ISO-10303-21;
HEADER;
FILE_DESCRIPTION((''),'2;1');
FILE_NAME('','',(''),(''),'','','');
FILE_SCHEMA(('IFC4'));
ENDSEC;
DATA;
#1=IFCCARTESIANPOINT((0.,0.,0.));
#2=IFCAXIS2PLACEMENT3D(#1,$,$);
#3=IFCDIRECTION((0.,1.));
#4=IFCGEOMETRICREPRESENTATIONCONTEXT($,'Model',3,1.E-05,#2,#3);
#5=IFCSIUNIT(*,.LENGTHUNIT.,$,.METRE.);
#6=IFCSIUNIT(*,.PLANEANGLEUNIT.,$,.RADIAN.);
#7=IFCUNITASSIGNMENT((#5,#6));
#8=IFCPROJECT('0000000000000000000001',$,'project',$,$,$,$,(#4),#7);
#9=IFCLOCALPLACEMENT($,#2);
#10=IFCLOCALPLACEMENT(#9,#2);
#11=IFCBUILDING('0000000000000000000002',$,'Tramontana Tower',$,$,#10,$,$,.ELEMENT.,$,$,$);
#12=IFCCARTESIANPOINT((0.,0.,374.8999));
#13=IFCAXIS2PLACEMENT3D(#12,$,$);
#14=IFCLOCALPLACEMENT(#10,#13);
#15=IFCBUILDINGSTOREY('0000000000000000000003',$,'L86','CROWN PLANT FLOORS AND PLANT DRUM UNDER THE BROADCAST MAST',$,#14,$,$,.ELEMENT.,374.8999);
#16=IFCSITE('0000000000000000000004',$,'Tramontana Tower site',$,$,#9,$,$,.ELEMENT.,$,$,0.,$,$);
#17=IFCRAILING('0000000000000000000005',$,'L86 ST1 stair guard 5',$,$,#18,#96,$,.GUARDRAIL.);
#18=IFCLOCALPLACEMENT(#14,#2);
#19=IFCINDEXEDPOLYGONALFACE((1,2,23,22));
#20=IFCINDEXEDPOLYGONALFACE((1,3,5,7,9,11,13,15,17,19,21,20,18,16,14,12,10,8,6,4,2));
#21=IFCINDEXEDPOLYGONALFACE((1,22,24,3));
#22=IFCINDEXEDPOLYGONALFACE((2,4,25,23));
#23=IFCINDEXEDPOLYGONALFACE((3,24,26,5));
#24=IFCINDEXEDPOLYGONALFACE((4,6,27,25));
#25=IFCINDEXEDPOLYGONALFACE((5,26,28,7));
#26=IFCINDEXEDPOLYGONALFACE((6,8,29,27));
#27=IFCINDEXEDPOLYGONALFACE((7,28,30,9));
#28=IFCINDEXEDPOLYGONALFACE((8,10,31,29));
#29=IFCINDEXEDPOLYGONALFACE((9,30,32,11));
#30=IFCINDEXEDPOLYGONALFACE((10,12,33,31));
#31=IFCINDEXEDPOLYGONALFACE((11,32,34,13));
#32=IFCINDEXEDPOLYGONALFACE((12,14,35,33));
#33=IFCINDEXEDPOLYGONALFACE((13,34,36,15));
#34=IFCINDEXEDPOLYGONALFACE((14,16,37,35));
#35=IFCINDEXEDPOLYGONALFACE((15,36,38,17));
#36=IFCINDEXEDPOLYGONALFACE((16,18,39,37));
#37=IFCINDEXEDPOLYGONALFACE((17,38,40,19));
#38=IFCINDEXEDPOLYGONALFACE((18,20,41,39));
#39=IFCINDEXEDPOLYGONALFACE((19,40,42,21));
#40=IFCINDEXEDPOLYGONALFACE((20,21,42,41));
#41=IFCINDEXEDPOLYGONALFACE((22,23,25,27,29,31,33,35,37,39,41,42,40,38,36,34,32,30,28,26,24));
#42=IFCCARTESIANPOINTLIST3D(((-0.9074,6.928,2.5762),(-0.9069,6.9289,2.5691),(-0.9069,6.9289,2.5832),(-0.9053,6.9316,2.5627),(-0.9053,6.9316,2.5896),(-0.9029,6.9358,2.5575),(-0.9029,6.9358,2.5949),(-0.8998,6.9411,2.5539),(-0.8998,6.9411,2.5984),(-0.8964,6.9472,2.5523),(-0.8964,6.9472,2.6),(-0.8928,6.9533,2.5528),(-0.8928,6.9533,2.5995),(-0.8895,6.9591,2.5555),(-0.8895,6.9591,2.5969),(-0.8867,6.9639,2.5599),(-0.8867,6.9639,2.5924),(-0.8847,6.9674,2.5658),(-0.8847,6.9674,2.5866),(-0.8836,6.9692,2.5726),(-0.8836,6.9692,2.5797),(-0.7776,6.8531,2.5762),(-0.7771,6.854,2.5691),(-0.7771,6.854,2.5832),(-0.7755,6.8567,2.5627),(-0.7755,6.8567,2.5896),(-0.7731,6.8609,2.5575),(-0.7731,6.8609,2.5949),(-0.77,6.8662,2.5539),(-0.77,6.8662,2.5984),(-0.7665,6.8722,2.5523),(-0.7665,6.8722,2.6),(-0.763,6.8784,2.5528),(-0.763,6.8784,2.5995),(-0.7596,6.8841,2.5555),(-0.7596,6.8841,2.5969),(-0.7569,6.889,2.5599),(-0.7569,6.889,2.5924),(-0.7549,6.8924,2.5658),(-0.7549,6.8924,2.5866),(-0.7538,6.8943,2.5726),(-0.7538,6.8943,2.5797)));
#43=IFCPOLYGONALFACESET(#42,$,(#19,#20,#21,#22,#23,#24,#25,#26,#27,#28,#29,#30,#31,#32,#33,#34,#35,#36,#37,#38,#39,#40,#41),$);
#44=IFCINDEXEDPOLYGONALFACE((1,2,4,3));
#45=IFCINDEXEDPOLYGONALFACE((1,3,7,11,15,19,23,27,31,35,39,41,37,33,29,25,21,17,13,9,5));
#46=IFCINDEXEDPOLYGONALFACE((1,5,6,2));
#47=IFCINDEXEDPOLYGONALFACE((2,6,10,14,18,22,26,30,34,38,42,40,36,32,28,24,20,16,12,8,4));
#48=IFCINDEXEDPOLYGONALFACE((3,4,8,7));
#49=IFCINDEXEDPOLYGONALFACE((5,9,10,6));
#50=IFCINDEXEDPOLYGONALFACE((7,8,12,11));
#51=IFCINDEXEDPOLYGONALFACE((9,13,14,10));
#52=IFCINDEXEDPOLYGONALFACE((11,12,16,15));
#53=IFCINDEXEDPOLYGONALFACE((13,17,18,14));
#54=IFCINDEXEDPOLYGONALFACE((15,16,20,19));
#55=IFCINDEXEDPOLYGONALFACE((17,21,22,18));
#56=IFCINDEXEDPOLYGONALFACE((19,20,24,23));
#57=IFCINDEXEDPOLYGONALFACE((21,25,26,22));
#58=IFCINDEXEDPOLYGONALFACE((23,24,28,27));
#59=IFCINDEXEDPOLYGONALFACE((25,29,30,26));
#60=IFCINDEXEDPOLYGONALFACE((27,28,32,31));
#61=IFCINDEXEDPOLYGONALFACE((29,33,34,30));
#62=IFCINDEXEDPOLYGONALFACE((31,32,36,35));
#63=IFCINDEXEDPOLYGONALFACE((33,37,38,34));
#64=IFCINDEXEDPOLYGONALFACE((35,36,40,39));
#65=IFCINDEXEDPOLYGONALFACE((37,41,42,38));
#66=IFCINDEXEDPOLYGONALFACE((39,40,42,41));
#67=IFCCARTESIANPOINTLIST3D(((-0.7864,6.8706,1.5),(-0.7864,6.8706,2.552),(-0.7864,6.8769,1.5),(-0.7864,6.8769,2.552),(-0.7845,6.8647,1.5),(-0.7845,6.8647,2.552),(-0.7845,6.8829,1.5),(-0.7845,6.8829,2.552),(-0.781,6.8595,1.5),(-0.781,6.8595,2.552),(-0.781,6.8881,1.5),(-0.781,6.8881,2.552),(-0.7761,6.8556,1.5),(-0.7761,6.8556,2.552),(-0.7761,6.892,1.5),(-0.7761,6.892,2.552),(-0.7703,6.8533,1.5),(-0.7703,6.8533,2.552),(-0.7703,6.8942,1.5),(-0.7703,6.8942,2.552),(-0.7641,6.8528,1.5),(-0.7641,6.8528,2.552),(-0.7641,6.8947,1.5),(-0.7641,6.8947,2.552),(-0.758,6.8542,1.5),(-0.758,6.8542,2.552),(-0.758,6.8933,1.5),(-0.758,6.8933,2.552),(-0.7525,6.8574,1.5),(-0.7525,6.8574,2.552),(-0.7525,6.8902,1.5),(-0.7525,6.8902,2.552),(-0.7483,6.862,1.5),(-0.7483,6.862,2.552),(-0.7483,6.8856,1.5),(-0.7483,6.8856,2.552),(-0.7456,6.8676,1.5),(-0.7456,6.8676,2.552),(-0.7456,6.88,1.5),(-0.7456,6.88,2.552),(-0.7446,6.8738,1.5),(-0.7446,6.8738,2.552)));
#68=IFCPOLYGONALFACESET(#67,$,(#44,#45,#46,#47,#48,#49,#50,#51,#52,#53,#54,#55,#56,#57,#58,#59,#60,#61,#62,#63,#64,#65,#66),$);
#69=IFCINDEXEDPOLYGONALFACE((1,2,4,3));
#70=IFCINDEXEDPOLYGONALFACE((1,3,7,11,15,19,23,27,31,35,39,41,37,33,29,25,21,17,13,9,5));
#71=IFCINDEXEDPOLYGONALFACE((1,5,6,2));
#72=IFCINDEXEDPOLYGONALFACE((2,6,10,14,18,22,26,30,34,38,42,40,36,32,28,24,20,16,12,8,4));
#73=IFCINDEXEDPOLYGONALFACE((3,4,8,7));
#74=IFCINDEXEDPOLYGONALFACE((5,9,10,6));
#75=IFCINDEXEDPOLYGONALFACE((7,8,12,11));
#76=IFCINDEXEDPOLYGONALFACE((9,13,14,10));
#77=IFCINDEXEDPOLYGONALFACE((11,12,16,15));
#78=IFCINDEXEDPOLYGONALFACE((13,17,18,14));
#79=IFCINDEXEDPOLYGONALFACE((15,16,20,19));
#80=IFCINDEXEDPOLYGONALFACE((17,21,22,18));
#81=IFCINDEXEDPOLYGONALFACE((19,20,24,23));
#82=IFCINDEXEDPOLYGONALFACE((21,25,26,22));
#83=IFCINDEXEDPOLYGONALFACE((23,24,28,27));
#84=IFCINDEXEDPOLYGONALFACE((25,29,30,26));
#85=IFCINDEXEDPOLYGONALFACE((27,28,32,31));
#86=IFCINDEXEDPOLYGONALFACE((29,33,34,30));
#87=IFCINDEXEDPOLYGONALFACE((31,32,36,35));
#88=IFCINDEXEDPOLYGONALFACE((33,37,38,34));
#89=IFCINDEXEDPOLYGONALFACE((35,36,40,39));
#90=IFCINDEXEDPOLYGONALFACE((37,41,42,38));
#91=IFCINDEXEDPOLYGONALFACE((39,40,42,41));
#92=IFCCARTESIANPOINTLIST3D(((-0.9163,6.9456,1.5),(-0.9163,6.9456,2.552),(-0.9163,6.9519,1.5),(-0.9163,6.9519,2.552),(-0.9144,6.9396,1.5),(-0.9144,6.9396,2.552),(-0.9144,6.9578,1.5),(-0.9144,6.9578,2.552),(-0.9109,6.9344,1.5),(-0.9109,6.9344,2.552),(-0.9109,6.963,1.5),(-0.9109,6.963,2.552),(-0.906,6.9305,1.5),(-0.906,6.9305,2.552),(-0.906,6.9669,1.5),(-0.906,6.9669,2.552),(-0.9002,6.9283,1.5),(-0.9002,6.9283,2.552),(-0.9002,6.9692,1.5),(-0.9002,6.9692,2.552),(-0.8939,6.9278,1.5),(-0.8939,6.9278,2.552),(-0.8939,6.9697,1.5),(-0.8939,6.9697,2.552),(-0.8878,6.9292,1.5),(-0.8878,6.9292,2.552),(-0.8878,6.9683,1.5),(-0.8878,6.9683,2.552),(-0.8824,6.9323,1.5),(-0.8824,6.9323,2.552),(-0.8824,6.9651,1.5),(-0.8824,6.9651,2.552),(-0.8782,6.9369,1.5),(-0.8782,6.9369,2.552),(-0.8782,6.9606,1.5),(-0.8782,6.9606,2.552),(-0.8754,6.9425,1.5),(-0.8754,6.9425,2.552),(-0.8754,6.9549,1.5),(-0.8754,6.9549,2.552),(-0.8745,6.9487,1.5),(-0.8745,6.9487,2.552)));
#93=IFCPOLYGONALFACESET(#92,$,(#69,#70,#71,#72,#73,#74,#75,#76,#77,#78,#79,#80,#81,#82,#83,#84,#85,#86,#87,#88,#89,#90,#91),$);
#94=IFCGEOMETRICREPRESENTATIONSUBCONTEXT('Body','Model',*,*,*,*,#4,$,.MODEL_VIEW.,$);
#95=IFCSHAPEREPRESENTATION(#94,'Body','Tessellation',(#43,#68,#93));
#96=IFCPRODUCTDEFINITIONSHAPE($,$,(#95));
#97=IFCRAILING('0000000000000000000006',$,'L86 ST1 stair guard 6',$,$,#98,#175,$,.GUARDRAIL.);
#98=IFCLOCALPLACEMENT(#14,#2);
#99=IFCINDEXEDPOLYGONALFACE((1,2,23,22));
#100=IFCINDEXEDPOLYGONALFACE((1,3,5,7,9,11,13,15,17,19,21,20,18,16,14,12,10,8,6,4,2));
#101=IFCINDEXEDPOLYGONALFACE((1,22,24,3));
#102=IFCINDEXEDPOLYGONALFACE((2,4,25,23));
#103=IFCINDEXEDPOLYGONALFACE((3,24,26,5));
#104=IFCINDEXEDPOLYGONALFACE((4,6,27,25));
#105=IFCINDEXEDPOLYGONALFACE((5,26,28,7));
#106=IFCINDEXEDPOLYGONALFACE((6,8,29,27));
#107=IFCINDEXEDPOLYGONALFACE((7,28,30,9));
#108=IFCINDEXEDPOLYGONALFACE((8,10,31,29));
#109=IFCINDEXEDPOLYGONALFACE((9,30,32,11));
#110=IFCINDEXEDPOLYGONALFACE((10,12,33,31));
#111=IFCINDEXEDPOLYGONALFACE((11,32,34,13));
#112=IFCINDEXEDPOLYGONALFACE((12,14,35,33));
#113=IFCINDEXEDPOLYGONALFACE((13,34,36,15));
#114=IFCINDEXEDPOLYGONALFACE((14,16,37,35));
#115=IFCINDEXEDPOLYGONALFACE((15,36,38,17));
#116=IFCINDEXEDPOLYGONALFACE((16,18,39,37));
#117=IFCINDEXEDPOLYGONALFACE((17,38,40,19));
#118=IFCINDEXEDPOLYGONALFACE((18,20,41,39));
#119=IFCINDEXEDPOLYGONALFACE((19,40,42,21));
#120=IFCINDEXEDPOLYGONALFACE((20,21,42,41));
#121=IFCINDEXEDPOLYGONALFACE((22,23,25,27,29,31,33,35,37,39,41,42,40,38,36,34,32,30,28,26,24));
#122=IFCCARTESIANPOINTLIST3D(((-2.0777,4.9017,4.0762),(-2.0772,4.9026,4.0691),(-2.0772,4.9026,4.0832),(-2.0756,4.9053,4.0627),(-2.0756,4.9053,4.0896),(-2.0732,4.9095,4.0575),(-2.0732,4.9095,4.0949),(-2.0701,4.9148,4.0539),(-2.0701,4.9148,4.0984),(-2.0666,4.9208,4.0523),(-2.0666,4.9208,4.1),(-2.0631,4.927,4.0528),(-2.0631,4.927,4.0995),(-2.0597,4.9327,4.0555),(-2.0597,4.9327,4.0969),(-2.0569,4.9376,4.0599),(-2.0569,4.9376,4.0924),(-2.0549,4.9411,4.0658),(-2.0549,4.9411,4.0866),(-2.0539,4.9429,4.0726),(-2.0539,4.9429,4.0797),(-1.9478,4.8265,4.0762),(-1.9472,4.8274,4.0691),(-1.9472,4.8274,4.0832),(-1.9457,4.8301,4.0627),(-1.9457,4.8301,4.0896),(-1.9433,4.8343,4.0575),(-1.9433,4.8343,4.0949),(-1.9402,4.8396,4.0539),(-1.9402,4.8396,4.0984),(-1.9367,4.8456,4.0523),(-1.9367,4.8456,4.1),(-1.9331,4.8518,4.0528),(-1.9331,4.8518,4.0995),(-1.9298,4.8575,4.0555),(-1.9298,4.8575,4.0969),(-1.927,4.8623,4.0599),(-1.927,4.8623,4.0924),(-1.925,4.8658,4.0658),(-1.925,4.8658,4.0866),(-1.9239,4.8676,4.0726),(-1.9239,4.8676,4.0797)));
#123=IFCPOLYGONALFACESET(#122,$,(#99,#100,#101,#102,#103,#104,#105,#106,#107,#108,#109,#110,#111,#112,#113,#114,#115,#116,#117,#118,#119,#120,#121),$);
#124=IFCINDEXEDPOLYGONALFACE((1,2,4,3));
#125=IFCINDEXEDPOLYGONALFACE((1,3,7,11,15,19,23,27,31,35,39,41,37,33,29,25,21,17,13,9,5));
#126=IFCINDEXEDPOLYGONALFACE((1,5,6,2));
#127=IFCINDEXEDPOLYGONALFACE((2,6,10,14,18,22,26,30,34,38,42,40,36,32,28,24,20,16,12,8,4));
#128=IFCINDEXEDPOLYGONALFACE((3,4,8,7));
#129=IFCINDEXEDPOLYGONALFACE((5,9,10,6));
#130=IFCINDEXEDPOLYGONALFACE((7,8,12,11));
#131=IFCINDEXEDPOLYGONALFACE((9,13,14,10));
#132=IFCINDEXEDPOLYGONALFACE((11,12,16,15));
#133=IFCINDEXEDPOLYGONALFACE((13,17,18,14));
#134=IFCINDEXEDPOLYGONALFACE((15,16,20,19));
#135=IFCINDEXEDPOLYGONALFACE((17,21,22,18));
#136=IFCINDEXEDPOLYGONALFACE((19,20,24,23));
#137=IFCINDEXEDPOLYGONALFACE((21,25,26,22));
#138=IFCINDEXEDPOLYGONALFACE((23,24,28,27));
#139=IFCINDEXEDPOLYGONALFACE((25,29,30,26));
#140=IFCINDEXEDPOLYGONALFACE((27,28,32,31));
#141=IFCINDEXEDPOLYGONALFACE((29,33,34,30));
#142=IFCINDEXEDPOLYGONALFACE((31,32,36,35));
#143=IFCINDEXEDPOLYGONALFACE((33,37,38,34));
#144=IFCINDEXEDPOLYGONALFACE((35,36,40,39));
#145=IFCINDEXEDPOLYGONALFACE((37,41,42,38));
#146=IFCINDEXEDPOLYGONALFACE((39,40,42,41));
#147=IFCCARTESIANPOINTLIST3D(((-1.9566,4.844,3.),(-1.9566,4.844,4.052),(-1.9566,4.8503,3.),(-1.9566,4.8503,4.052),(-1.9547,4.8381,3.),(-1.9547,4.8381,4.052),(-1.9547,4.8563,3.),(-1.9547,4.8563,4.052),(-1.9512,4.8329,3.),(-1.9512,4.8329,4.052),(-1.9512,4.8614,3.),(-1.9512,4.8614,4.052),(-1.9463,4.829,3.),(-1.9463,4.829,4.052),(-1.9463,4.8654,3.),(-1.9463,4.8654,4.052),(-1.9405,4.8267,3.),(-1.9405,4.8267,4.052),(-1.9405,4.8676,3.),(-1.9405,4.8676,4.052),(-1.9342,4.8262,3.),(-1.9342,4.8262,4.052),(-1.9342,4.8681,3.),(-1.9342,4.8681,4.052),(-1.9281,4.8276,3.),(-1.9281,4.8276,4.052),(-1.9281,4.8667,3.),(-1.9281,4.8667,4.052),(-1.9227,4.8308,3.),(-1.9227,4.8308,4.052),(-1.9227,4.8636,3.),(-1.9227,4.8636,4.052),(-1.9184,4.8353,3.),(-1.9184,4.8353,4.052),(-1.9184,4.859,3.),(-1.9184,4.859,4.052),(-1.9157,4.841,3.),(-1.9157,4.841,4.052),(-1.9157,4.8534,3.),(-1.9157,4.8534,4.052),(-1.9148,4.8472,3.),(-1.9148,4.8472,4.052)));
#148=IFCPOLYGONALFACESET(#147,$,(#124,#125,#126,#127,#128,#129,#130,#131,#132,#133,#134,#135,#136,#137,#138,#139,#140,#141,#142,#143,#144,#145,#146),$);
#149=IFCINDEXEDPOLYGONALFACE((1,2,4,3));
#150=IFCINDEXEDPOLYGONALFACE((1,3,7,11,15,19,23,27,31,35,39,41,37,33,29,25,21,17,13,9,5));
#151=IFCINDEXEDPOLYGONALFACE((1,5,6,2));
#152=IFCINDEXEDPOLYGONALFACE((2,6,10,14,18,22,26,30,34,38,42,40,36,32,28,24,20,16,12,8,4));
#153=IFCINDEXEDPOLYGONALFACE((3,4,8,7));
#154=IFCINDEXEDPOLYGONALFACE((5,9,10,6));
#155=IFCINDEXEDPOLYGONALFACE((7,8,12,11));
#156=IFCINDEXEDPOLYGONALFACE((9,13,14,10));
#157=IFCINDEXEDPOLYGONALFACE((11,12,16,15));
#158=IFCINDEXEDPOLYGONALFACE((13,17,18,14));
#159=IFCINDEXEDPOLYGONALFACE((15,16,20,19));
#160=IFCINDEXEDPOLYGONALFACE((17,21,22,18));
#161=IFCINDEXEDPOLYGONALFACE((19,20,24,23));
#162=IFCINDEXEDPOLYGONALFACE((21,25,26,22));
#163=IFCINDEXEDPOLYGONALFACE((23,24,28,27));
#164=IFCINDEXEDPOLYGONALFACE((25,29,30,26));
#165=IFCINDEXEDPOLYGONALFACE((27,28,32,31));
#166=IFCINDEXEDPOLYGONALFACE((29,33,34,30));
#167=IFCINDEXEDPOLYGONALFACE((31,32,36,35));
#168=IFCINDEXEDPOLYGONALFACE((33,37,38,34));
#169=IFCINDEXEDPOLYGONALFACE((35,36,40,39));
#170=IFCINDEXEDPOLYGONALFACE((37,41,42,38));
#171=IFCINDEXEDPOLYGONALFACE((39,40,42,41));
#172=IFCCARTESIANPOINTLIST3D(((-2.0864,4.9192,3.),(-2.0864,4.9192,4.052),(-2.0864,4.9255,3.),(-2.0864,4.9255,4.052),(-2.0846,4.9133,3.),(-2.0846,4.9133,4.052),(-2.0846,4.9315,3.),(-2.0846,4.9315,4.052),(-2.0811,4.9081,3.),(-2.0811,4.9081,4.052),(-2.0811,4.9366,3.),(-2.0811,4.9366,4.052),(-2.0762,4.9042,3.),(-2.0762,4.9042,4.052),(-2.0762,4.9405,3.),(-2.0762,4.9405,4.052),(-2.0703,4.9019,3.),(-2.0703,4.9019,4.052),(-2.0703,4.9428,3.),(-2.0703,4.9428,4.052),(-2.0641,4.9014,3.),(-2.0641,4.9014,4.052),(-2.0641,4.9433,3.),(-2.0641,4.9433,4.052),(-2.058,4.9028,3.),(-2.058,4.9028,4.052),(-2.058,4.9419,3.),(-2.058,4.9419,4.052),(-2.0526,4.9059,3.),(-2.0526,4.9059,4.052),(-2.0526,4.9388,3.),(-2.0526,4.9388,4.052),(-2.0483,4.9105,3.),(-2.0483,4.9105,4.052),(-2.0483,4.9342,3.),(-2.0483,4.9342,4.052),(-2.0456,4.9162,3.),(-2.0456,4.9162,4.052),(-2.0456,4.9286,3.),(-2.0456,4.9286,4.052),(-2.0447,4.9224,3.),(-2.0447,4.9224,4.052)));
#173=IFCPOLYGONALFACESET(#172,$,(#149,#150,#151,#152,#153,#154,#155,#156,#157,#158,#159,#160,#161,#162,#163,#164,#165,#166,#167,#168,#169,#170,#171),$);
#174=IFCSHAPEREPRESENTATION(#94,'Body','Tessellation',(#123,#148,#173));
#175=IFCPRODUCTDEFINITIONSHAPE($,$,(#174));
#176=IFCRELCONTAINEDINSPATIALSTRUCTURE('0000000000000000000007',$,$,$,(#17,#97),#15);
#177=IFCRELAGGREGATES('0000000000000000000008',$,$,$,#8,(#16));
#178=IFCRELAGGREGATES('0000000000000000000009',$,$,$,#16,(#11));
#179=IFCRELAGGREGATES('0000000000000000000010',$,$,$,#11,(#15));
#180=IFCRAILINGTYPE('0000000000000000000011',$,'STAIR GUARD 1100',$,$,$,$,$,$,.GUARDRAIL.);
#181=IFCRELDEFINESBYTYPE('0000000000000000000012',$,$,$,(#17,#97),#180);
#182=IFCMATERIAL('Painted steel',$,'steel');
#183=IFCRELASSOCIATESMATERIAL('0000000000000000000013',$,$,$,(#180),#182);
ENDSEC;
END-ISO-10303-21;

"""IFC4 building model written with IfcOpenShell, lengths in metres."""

from ifc_helpers import new_model, si_unit, direction, frame, origin, origin_2d, place, context, subcontext, project, spatial, circle, extrude, material, type_object, element, save


model = new_model("IFC4")

# Units and contexts
model_context = context("Model", 3, precision=1e-05, world=origin(), true_north=direction((0.0, 1.0)))
body_context = subcontext(model_context, "Body", "Model", "MODEL_VIEW")
ifc_project = project(units=[si_unit("LENGTHUNIT", "METRE"), si_unit("PLANEANGLEUNIT", "RADIAN")], contexts=[model_context])

# Site, building, storey
site_placement = place(None, origin())
site = spatial("IfcSite", under=ifc_project, at=site_placement, Name="Tramontana Tower site", CompositionType="ELEMENT", RefElevation=0.0)
building_placement = place(site_placement, origin())
building = spatial("IfcBuilding", under=site, at=building_placement, Name="Tramontana Tower", CompositionType="ELEMENT")
storey_placement = place(building_placement, frame((0.0, 0.0, 374.8999)))
storey = spatial("IfcBuildingStorey", under=building, at=storey_placement, Name="L86", Description="CROWN PLANT FLOORS AND PLANT DRUM UNDER THE BROADCAST MAST", CompositionType="ELEMENT", Elevation=374.8999)

# Railings
ifc_material_1 = material(Name="Painted steel", Category="steel")
railing_type_1 = type_object("IfcRailingType", Name="STAIR GUARD 1100", PredefinedType="GUARDRAIL", material=ifc_material_1)
railing_1_placement = place(storey_placement, frame((-0.7656, 6.8738, 1.5)))
element("IfcRailing", 1, at=railing_1_placement, inside=storey, type_object=railing_type_1, Name="L86 ST1 stair guard 5", PredefinedType="GUARDRAIL", context=body_context, shape_type="SweptSolid", body=[
    extrude(circle(Radius=0.0239, at=origin_2d()), frame((0.0, 0.0, 1.0762), z_axis=(-0.866131, 0.499816, 0.0), x_axis=(-0.499816, -0.866131, 0.0)), (0.0, 0.0, 1.0), 0.1499),
    extrude(circle(Radius=0.021, at=origin_2d()), origin(), (0.0, 0.0, 1.0), 1.052),
    extrude(circle(Radius=0.021, at=origin_2d()), frame((-0.1299, 0.075, 0.0)), (0.0, 0.0, 1.0), 1.052),
])
railing_2_placement = place(storey_placement, frame((-1.9358, 4.8472, 3.0)))
element("IfcRailing", 2, at=railing_2_placement, inside=storey, type_object=railing_type_1, Name="L86 ST1 stair guard 6", PredefinedType="GUARDRAIL", context=body_context, shape_type="SweptSolid", body=[
    extrude(circle(Radius=0.0239, at=origin_2d()), frame((0.0, 0.0, 1.0762), z_axis=(-0.865426, 0.501036, 0.0), x_axis=(-0.501036, -0.865426, 0.0)), (0.0, 0.0, 1.0), 0.1501),
    extrude(circle(Radius=0.021, at=origin_2d()), origin(), (0.0, 0.0, 1.0), 1.052),
    extrude(circle(Radius=0.021, at=origin_2d()), frame((-0.1299, 0.0752, 0.0)), (0.0, 0.0, 1.0), 1.052),
])

save(model, "model.ifc")
